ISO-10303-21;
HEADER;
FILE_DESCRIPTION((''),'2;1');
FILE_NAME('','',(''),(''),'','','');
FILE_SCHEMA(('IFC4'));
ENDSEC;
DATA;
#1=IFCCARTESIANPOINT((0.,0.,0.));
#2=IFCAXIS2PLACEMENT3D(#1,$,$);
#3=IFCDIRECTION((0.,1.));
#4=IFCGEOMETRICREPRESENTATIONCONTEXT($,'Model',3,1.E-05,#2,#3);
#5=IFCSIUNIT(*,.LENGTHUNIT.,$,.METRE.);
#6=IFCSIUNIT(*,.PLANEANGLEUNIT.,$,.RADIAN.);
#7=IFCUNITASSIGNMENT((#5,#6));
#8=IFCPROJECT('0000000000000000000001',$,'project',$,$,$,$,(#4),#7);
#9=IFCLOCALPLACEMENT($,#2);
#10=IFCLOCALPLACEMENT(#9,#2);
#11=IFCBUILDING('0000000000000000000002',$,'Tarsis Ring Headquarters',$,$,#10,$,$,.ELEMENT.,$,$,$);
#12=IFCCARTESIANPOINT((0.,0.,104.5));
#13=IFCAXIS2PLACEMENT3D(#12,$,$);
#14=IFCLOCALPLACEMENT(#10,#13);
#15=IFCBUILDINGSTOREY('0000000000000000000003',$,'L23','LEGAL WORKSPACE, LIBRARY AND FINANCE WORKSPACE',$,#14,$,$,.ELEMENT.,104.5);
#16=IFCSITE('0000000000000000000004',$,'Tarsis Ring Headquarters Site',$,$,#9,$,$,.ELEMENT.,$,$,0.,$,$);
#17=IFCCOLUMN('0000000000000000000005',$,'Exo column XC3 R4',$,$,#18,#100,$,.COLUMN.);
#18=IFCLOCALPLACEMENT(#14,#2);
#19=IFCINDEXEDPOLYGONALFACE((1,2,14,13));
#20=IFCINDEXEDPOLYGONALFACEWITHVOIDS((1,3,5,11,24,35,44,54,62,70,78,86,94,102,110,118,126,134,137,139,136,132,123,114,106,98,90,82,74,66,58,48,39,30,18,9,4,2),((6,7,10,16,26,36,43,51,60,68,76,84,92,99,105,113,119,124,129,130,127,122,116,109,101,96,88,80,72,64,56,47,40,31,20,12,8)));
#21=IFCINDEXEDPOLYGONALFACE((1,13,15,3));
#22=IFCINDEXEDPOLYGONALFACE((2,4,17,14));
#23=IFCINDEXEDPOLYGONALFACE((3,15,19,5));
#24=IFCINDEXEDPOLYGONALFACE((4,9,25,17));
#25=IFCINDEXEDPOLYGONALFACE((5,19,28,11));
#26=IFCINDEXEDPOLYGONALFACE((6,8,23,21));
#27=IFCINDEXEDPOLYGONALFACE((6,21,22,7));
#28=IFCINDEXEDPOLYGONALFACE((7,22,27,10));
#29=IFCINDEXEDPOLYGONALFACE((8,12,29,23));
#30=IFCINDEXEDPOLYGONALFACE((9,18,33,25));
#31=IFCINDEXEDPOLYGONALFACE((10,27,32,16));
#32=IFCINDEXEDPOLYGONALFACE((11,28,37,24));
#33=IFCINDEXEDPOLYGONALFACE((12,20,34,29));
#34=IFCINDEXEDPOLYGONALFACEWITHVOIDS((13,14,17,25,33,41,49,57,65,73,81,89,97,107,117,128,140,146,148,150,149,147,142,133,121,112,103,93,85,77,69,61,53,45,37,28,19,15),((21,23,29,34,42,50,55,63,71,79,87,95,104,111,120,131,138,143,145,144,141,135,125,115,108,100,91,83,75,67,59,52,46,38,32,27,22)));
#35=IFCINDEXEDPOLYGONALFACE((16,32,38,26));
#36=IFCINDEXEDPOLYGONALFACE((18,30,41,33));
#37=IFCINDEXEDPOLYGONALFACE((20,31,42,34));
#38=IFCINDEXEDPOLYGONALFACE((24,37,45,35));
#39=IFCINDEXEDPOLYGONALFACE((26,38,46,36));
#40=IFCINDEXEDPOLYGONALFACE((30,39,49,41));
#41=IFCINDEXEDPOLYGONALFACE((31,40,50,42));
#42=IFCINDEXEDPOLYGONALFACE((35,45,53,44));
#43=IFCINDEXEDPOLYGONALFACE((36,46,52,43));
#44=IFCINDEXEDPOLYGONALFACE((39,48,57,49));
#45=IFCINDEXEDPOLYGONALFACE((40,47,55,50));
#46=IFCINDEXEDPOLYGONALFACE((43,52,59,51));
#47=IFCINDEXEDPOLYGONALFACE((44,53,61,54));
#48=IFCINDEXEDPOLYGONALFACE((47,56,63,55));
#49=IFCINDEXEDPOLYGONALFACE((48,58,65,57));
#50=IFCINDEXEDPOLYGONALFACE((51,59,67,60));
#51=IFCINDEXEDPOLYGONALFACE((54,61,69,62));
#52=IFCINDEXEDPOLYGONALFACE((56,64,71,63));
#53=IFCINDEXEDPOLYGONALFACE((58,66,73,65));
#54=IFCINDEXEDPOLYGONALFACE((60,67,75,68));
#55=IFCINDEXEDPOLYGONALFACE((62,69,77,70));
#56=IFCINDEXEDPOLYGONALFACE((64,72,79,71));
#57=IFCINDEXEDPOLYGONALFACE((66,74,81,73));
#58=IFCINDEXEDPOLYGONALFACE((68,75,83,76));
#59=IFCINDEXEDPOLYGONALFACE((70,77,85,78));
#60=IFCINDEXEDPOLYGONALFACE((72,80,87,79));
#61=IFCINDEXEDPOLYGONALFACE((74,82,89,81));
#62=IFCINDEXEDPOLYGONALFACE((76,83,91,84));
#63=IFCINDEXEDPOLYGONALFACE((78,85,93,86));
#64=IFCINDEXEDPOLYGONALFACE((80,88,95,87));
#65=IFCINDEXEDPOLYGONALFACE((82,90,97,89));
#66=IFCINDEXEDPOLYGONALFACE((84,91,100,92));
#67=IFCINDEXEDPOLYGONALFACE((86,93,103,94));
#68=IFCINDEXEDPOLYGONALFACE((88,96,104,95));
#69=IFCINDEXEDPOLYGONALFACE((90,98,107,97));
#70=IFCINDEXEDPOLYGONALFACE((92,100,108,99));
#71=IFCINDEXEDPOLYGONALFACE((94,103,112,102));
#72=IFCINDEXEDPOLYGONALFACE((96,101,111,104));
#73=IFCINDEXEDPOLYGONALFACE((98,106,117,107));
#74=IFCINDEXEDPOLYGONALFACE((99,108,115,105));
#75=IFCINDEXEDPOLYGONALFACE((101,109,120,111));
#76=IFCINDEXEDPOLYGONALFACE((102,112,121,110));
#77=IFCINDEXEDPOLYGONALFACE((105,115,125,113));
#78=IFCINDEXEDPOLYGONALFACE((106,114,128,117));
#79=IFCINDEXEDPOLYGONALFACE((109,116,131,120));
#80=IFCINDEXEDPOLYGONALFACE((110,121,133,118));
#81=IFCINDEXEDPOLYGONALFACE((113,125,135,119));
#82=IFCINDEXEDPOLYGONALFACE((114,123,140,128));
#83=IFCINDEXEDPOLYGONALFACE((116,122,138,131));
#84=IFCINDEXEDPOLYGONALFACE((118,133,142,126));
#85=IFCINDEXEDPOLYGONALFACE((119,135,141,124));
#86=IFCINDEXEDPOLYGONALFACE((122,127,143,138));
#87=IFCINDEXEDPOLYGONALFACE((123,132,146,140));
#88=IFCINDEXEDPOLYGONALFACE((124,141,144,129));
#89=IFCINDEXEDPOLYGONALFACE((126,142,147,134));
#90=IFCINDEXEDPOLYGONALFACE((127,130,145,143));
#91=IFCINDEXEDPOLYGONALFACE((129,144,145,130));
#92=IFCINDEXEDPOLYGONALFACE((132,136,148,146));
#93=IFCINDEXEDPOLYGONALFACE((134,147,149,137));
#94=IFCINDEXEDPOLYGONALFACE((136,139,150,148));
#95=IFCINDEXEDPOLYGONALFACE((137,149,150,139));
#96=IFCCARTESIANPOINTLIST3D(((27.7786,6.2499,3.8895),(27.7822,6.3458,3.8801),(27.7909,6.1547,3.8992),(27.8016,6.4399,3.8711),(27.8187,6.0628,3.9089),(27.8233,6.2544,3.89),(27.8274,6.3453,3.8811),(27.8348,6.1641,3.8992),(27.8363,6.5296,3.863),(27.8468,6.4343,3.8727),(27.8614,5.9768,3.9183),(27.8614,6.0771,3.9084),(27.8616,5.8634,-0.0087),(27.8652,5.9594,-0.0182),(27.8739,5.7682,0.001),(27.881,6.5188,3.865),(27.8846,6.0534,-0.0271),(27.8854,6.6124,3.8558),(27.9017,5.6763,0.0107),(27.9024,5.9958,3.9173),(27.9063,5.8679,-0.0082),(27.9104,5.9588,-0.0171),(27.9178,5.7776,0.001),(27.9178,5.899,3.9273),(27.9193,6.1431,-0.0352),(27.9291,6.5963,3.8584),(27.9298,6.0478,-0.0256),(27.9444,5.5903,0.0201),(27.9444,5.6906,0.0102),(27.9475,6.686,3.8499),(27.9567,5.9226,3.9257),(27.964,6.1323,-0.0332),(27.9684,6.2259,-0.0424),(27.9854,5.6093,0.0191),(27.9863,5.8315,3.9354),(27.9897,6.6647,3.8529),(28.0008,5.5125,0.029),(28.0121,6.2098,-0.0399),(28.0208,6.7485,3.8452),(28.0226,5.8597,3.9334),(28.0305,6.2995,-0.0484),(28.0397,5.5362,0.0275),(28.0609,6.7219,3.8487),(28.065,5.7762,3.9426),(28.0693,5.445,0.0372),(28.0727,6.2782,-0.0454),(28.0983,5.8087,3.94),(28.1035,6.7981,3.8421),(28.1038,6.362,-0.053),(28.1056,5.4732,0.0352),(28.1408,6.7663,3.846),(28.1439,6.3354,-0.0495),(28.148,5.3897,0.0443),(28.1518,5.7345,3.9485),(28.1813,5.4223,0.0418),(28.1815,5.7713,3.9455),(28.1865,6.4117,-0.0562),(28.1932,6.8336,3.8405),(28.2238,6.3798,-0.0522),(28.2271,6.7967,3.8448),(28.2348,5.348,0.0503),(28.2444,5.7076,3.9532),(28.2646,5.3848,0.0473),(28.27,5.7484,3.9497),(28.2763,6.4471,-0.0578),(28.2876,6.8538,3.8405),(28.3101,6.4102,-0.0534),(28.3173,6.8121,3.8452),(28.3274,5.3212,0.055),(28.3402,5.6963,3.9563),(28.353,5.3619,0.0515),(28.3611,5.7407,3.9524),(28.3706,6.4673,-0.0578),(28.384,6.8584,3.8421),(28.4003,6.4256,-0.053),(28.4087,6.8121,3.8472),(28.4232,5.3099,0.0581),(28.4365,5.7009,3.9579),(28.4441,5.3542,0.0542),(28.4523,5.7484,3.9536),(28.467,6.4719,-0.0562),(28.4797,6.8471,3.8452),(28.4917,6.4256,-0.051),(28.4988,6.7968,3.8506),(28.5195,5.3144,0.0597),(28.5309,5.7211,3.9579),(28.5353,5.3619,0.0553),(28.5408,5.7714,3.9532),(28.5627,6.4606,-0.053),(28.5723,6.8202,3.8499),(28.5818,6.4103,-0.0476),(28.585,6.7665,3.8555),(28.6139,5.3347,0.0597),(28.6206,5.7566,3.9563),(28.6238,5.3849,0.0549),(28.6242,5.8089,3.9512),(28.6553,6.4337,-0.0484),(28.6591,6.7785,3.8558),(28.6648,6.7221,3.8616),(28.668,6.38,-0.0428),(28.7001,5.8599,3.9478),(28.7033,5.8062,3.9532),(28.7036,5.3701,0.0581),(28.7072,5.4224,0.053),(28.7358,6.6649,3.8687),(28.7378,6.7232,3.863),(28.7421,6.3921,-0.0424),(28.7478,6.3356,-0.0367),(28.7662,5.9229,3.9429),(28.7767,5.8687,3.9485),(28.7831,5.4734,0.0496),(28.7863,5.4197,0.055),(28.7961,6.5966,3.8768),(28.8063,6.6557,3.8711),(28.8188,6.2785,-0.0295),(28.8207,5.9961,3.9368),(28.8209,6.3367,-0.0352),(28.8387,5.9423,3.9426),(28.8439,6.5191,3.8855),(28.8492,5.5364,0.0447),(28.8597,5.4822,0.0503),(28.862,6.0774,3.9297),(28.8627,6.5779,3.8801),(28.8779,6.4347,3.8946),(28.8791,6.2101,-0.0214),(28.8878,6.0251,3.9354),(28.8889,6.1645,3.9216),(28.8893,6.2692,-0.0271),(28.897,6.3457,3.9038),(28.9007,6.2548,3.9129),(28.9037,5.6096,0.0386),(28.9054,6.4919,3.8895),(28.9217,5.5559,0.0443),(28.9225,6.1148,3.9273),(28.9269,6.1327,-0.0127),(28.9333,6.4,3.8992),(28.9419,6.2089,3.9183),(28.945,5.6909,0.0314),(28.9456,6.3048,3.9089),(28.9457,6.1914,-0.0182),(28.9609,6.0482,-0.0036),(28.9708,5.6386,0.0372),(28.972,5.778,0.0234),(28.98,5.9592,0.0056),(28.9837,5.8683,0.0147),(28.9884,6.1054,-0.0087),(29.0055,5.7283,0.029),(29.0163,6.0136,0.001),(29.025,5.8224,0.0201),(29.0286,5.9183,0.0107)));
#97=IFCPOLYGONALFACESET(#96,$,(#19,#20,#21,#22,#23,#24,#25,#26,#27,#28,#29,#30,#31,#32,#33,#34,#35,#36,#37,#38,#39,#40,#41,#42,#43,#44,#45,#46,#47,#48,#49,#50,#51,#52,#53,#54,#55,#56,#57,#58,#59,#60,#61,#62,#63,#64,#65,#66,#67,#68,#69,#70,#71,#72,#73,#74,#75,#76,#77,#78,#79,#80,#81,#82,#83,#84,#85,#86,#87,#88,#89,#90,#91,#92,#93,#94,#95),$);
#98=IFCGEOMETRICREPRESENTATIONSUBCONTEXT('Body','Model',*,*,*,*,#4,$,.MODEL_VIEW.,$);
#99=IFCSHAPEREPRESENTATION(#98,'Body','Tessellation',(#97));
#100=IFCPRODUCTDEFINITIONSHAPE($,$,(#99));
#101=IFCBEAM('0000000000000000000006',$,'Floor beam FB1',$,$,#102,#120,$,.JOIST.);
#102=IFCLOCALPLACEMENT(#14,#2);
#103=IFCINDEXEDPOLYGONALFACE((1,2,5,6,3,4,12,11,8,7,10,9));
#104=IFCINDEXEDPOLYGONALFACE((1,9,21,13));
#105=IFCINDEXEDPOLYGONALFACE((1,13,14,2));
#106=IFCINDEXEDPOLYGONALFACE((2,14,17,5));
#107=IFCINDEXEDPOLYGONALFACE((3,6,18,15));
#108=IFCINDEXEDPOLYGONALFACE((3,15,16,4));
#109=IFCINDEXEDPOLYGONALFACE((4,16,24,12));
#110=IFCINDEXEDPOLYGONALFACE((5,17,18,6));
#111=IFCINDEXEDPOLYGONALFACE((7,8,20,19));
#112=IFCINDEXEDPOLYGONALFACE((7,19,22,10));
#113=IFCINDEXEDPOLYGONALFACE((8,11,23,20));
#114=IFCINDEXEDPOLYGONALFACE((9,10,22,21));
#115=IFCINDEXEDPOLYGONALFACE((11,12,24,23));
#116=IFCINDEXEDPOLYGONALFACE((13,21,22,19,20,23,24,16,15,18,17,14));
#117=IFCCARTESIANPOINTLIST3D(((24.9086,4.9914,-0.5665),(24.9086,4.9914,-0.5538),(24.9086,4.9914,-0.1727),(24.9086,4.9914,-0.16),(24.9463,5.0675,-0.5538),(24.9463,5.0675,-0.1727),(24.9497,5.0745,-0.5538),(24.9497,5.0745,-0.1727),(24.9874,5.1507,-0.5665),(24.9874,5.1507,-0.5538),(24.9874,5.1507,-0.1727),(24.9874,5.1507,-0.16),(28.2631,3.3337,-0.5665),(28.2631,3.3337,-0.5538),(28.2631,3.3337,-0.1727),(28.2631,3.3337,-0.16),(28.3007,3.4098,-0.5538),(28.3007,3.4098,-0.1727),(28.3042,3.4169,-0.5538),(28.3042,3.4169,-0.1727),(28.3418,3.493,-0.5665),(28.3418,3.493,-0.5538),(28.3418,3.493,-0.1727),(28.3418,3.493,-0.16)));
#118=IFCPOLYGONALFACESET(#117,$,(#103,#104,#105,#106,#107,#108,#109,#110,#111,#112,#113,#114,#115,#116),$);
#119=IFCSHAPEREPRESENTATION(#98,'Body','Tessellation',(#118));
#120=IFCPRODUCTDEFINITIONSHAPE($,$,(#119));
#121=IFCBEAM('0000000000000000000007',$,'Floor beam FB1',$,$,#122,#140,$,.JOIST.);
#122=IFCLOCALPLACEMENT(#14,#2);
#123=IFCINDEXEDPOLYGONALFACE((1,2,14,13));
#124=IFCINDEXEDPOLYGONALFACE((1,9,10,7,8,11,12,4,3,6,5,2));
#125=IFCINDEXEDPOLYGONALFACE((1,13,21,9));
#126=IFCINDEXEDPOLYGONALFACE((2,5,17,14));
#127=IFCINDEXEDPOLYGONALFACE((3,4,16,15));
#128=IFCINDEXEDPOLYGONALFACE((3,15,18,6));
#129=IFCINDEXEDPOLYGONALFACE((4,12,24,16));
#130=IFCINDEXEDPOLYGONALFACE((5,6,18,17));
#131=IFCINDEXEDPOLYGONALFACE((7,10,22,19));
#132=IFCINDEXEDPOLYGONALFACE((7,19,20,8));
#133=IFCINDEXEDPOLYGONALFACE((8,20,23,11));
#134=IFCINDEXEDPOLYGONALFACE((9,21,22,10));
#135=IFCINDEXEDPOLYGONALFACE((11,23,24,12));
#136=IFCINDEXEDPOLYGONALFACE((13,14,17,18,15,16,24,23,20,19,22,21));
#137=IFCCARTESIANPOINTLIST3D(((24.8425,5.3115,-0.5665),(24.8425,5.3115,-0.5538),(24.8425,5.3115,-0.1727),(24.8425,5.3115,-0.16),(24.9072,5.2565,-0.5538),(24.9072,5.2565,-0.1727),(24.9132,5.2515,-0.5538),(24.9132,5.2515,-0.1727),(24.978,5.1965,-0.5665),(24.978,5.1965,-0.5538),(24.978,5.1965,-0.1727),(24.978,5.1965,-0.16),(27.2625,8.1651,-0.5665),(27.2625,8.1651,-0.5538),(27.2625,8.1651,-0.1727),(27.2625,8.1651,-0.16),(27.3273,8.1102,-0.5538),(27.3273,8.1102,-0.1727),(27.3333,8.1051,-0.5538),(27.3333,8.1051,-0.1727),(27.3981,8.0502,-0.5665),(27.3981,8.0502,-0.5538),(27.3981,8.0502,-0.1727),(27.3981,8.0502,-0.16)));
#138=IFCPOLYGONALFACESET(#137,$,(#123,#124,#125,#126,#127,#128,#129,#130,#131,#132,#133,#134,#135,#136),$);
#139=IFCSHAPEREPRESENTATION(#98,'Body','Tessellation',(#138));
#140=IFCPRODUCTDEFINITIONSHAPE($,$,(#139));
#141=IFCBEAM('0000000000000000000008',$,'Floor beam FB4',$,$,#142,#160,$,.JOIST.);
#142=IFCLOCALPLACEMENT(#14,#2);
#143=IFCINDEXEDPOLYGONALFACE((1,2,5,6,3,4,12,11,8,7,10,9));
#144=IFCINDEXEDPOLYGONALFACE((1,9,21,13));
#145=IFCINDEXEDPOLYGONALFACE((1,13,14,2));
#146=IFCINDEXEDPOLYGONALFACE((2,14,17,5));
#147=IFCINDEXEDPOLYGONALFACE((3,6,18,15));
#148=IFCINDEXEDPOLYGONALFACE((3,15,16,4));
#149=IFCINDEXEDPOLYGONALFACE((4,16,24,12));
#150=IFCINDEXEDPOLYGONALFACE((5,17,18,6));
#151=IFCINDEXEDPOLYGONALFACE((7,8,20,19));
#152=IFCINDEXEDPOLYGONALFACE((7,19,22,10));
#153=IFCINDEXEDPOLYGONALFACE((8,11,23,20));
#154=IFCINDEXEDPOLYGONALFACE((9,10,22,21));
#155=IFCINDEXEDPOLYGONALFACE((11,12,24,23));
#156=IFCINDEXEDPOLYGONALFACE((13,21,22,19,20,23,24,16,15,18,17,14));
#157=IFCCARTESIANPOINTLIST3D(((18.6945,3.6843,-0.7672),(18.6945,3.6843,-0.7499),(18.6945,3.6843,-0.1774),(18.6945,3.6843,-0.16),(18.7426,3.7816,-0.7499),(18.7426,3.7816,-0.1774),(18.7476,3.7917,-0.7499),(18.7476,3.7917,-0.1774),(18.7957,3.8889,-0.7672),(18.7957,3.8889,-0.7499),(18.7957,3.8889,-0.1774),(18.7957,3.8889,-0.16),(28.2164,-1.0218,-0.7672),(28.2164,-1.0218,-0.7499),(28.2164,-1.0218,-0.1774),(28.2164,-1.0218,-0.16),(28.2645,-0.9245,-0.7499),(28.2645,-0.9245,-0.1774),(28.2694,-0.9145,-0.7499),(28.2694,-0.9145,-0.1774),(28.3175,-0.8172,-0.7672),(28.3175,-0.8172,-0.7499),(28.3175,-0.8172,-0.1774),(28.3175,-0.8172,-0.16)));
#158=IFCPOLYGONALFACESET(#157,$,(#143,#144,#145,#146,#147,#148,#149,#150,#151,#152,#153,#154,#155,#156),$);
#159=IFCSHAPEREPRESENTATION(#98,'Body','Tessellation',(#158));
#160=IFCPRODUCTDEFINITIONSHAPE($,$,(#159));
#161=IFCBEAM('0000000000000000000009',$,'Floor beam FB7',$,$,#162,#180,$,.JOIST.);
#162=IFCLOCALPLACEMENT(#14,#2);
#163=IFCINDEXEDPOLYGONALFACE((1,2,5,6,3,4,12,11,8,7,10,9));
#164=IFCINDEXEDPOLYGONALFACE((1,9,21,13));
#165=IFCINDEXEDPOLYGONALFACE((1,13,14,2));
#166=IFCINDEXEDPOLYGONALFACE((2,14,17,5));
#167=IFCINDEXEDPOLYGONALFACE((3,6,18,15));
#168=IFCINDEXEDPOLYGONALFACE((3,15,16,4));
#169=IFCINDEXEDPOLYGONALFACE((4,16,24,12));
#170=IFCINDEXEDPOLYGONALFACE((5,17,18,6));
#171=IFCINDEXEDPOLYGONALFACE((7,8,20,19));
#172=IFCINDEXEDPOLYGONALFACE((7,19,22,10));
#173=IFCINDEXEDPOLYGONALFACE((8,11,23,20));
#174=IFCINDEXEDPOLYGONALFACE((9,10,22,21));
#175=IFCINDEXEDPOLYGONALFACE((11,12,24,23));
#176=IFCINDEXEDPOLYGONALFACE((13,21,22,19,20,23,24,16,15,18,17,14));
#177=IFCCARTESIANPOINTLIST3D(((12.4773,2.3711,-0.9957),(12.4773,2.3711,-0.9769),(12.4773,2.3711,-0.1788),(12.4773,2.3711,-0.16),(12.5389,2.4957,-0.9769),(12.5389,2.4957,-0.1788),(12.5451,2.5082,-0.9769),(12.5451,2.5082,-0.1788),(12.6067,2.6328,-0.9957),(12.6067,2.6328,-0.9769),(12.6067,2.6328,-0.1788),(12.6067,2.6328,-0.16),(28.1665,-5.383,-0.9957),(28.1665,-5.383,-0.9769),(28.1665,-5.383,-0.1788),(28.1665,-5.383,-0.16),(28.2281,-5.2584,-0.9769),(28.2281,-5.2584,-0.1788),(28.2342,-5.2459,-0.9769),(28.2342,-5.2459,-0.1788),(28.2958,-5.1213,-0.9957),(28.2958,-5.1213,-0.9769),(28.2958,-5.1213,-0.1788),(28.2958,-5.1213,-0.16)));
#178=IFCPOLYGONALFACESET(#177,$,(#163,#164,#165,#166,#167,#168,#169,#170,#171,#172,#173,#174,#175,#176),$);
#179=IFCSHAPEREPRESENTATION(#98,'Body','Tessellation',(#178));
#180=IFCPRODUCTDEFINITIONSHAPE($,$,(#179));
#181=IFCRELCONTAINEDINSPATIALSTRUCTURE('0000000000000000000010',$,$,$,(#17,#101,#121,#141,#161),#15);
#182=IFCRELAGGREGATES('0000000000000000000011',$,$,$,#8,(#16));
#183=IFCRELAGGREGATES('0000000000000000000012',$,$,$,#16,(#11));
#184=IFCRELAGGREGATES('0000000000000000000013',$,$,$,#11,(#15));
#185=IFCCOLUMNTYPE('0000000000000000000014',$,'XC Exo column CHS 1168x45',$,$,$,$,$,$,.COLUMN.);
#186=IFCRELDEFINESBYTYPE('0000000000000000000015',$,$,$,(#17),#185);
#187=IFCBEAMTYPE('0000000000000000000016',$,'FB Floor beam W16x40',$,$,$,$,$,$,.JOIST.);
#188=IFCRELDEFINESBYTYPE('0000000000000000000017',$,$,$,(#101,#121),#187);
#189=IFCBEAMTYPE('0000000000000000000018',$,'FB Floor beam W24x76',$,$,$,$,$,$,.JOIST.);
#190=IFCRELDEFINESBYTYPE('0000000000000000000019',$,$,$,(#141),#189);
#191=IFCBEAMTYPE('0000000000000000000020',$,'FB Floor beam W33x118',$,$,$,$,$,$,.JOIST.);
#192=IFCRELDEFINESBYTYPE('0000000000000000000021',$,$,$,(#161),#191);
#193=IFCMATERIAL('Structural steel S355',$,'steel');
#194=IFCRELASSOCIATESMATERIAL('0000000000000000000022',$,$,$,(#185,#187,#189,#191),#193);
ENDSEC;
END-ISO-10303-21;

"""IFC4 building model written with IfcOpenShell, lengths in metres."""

from ifc_helpers import new_model, si_unit, direction, frame, origin, origin_2d, place, context, subcontext, project, spatial, hollow_circle, i_section, extrude, material, material_profile, profile_set, type_object, element, save


model = new_model("IFC4")

# Units and contexts
model_context = context("Model", 3, precision=1e-05, world=origin(), true_north=direction((0.0, 1.0)))
body_context = subcontext(model_context, "Body", "Model", "MODEL_VIEW")
ifc_project = project(units=[si_unit("LENGTHUNIT", "METRE"), si_unit("PLANEANGLEUNIT", "RADIAN")], contexts=[model_context])

# Site, building, storey
site_placement = place(None, origin())
site = spatial("IfcSite", under=ifc_project, at=site_placement, Name="Tarsis Ring Headquarters Site", CompositionType="ELEMENT", RefElevation=0.0)
building_placement = place(site_placement, origin())
building = spatial("IfcBuilding", under=site, at=building_placement, Name="Tarsis Ring Headquarters", CompositionType="ELEMENT")
storey_placement = place(building_placement, frame((0.0, 0.0, 104.5)))
storey = spatial("IfcBuildingStorey", under=building, at=storey_placement, Name="L23", Description="LEGAL WORKSPACE, LIBRARY AND FINANCE WORKSPACE", CompositionType="ELEMENT", Elevation=104.5)

# Column
ifc_material_1 = material(Name="Structural steel S355", Category="steel")
ifc_material_profile_1 = material_profile(ifc_material_1, hollow_circle(Radius=0.5842, WallThickness=0.0449, at=origin_2d()), Name="CHS 1168x45")
ifc_profile_set_1 = profile_set([ifc_material_profile_1], Name="Structural steel S355")
column_type = type_object("IfcColumnType", Name="XC Exo column CHS 1168x45", PredefinedType="COLUMN", material=ifc_profile_set_1)
column_placement = place(storey_placement, frame((28.4451, 5.8909, 0.001), z_axis=(-0.021185, 0.098636, 0.994898), x_axis=(-0.977703, -0.209993, 0.0)))
element("IfcColumn", 1, at=column_placement, inside=storey, type_object=column_type, Name="Exo column XC3 R4", PredefinedType="COLUMN", context=body_context, shape_type="SweptSolid", body=[
    extrude(hollow_circle(Radius=0.5842, WallThickness=0.0449, at=origin_2d()), origin(), (0.0, 0.0, 1.0), 3.9182),
])

# Beams
ifc_material_profile_2 = material_profile(ifc_material_1, i_section(OverallWidth=0.1777, OverallDepth=0.4065, WebThickness=0.0078, FlangeThickness=0.0127, at=origin_2d()), Name="W16x40")
ifc_profile_set_2 = profile_set([ifc_material_profile_2], Name="Structural steel S355")
beam_type_1 = type_object("IfcBeamType", Name="FB Floor beam W16x40", PredefinedType="JOIST", material=ifc_profile_set_2)
for number, where, z_axis, x_axis, name in (
    (2, (24.948, 5.071, -0.3633), (0.896505, -0.443033, 0.0), (0.443033, 0.896505, 0.0), "Floor beam FB1"),
    (3, (27.3303, 8.1077, -0.3633), (-0.64679, -0.762668, 0.0), (0.762668, -0.64679, 0.0), "Floor beam FB1"),
):
    element("IfcBeam", number, at=place(storey_placement, frame(where, z_axis=z_axis, x_axis=x_axis)), inside=storey, type_object=beam_type_1, Name=name, PredefinedType="JOIST", context=body_context, shape_type="SweptSolid", body=[
        extrude(i_section(OverallWidth=0.1777, OverallDepth=0.4065, WebThickness=0.0078, FlangeThickness=0.0127, at=origin_2d()), origin(), (0.0, 0.0, 1.0), 3.7417),
    ])
ifc_material_profile_3 = material_profile(ifc_material_1, i_section(OverallWidth=0.2283, OverallDepth=0.6072, WebThickness=0.0112, FlangeThickness=0.0173, at=origin_2d()), Name="W24x76")
ifc_profile_set_3 = profile_set([ifc_material_profile_3], Name="Structural steel S355")
beam_type_2 = type_object("IfcBeamType", Name="FB Floor beam W24x76", PredefinedType="JOIST", material=ifc_profile_set_3)
beam_1_placement = place(storey_placement, frame((18.7451, 3.7866, -0.4636), z_axis=(0.896482, -0.443081, 0.0), x_axis=(0.443081, 0.896482, 0.0)))
element("IfcBeam", 4, at=beam_1_placement, inside=storey, type_object=beam_type_2, Name="Floor beam FB4", PredefinedType="JOIST", context=body_context, shape_type="SweptSolid", body=[
    extrude(i_section(OverallWidth=0.2283, OverallDepth=0.6072, WebThickness=0.0112, FlangeThickness=0.0173, at=origin_2d()), origin(), (0.0, 0.0, 1.0), 10.6213),
])
ifc_material_profile_4 = material_profile(ifc_material_1, i_section(OverallWidth=0.292, OverallDepth=0.8357, WebThickness=0.0139, FlangeThickness=0.0188, at=origin_2d()), Name="W33x118")
ifc_profile_set_4 = profile_set([ifc_material_profile_4], Name="Structural steel S355")
beam_type_3 = type_object("IfcBeamType", Name="FB Floor beam W33x118", PredefinedType="JOIST", material=ifc_profile_set_4)
beam_2_placement = place(storey_placement, frame((12.542, 2.502, -0.5779), z_axis=(0.896485, -0.443074, 0.0), x_axis=(0.443074, 0.896485, 0.0)))
element("IfcBeam", 5, at=beam_2_placement, inside=storey, type_object=beam_type_3, Name="Floor beam FB7", PredefinedType="JOIST", context=body_context, shape_type="SweptSolid", body=[
    extrude(i_section(OverallWidth=0.292, OverallDepth=0.8357, WebThickness=0.0139, FlangeThickness=0.0188, at=origin_2d()), origin(), (0.0, 0.0, 1.0), 17.5007),
])

save(model, "model.ifc")
